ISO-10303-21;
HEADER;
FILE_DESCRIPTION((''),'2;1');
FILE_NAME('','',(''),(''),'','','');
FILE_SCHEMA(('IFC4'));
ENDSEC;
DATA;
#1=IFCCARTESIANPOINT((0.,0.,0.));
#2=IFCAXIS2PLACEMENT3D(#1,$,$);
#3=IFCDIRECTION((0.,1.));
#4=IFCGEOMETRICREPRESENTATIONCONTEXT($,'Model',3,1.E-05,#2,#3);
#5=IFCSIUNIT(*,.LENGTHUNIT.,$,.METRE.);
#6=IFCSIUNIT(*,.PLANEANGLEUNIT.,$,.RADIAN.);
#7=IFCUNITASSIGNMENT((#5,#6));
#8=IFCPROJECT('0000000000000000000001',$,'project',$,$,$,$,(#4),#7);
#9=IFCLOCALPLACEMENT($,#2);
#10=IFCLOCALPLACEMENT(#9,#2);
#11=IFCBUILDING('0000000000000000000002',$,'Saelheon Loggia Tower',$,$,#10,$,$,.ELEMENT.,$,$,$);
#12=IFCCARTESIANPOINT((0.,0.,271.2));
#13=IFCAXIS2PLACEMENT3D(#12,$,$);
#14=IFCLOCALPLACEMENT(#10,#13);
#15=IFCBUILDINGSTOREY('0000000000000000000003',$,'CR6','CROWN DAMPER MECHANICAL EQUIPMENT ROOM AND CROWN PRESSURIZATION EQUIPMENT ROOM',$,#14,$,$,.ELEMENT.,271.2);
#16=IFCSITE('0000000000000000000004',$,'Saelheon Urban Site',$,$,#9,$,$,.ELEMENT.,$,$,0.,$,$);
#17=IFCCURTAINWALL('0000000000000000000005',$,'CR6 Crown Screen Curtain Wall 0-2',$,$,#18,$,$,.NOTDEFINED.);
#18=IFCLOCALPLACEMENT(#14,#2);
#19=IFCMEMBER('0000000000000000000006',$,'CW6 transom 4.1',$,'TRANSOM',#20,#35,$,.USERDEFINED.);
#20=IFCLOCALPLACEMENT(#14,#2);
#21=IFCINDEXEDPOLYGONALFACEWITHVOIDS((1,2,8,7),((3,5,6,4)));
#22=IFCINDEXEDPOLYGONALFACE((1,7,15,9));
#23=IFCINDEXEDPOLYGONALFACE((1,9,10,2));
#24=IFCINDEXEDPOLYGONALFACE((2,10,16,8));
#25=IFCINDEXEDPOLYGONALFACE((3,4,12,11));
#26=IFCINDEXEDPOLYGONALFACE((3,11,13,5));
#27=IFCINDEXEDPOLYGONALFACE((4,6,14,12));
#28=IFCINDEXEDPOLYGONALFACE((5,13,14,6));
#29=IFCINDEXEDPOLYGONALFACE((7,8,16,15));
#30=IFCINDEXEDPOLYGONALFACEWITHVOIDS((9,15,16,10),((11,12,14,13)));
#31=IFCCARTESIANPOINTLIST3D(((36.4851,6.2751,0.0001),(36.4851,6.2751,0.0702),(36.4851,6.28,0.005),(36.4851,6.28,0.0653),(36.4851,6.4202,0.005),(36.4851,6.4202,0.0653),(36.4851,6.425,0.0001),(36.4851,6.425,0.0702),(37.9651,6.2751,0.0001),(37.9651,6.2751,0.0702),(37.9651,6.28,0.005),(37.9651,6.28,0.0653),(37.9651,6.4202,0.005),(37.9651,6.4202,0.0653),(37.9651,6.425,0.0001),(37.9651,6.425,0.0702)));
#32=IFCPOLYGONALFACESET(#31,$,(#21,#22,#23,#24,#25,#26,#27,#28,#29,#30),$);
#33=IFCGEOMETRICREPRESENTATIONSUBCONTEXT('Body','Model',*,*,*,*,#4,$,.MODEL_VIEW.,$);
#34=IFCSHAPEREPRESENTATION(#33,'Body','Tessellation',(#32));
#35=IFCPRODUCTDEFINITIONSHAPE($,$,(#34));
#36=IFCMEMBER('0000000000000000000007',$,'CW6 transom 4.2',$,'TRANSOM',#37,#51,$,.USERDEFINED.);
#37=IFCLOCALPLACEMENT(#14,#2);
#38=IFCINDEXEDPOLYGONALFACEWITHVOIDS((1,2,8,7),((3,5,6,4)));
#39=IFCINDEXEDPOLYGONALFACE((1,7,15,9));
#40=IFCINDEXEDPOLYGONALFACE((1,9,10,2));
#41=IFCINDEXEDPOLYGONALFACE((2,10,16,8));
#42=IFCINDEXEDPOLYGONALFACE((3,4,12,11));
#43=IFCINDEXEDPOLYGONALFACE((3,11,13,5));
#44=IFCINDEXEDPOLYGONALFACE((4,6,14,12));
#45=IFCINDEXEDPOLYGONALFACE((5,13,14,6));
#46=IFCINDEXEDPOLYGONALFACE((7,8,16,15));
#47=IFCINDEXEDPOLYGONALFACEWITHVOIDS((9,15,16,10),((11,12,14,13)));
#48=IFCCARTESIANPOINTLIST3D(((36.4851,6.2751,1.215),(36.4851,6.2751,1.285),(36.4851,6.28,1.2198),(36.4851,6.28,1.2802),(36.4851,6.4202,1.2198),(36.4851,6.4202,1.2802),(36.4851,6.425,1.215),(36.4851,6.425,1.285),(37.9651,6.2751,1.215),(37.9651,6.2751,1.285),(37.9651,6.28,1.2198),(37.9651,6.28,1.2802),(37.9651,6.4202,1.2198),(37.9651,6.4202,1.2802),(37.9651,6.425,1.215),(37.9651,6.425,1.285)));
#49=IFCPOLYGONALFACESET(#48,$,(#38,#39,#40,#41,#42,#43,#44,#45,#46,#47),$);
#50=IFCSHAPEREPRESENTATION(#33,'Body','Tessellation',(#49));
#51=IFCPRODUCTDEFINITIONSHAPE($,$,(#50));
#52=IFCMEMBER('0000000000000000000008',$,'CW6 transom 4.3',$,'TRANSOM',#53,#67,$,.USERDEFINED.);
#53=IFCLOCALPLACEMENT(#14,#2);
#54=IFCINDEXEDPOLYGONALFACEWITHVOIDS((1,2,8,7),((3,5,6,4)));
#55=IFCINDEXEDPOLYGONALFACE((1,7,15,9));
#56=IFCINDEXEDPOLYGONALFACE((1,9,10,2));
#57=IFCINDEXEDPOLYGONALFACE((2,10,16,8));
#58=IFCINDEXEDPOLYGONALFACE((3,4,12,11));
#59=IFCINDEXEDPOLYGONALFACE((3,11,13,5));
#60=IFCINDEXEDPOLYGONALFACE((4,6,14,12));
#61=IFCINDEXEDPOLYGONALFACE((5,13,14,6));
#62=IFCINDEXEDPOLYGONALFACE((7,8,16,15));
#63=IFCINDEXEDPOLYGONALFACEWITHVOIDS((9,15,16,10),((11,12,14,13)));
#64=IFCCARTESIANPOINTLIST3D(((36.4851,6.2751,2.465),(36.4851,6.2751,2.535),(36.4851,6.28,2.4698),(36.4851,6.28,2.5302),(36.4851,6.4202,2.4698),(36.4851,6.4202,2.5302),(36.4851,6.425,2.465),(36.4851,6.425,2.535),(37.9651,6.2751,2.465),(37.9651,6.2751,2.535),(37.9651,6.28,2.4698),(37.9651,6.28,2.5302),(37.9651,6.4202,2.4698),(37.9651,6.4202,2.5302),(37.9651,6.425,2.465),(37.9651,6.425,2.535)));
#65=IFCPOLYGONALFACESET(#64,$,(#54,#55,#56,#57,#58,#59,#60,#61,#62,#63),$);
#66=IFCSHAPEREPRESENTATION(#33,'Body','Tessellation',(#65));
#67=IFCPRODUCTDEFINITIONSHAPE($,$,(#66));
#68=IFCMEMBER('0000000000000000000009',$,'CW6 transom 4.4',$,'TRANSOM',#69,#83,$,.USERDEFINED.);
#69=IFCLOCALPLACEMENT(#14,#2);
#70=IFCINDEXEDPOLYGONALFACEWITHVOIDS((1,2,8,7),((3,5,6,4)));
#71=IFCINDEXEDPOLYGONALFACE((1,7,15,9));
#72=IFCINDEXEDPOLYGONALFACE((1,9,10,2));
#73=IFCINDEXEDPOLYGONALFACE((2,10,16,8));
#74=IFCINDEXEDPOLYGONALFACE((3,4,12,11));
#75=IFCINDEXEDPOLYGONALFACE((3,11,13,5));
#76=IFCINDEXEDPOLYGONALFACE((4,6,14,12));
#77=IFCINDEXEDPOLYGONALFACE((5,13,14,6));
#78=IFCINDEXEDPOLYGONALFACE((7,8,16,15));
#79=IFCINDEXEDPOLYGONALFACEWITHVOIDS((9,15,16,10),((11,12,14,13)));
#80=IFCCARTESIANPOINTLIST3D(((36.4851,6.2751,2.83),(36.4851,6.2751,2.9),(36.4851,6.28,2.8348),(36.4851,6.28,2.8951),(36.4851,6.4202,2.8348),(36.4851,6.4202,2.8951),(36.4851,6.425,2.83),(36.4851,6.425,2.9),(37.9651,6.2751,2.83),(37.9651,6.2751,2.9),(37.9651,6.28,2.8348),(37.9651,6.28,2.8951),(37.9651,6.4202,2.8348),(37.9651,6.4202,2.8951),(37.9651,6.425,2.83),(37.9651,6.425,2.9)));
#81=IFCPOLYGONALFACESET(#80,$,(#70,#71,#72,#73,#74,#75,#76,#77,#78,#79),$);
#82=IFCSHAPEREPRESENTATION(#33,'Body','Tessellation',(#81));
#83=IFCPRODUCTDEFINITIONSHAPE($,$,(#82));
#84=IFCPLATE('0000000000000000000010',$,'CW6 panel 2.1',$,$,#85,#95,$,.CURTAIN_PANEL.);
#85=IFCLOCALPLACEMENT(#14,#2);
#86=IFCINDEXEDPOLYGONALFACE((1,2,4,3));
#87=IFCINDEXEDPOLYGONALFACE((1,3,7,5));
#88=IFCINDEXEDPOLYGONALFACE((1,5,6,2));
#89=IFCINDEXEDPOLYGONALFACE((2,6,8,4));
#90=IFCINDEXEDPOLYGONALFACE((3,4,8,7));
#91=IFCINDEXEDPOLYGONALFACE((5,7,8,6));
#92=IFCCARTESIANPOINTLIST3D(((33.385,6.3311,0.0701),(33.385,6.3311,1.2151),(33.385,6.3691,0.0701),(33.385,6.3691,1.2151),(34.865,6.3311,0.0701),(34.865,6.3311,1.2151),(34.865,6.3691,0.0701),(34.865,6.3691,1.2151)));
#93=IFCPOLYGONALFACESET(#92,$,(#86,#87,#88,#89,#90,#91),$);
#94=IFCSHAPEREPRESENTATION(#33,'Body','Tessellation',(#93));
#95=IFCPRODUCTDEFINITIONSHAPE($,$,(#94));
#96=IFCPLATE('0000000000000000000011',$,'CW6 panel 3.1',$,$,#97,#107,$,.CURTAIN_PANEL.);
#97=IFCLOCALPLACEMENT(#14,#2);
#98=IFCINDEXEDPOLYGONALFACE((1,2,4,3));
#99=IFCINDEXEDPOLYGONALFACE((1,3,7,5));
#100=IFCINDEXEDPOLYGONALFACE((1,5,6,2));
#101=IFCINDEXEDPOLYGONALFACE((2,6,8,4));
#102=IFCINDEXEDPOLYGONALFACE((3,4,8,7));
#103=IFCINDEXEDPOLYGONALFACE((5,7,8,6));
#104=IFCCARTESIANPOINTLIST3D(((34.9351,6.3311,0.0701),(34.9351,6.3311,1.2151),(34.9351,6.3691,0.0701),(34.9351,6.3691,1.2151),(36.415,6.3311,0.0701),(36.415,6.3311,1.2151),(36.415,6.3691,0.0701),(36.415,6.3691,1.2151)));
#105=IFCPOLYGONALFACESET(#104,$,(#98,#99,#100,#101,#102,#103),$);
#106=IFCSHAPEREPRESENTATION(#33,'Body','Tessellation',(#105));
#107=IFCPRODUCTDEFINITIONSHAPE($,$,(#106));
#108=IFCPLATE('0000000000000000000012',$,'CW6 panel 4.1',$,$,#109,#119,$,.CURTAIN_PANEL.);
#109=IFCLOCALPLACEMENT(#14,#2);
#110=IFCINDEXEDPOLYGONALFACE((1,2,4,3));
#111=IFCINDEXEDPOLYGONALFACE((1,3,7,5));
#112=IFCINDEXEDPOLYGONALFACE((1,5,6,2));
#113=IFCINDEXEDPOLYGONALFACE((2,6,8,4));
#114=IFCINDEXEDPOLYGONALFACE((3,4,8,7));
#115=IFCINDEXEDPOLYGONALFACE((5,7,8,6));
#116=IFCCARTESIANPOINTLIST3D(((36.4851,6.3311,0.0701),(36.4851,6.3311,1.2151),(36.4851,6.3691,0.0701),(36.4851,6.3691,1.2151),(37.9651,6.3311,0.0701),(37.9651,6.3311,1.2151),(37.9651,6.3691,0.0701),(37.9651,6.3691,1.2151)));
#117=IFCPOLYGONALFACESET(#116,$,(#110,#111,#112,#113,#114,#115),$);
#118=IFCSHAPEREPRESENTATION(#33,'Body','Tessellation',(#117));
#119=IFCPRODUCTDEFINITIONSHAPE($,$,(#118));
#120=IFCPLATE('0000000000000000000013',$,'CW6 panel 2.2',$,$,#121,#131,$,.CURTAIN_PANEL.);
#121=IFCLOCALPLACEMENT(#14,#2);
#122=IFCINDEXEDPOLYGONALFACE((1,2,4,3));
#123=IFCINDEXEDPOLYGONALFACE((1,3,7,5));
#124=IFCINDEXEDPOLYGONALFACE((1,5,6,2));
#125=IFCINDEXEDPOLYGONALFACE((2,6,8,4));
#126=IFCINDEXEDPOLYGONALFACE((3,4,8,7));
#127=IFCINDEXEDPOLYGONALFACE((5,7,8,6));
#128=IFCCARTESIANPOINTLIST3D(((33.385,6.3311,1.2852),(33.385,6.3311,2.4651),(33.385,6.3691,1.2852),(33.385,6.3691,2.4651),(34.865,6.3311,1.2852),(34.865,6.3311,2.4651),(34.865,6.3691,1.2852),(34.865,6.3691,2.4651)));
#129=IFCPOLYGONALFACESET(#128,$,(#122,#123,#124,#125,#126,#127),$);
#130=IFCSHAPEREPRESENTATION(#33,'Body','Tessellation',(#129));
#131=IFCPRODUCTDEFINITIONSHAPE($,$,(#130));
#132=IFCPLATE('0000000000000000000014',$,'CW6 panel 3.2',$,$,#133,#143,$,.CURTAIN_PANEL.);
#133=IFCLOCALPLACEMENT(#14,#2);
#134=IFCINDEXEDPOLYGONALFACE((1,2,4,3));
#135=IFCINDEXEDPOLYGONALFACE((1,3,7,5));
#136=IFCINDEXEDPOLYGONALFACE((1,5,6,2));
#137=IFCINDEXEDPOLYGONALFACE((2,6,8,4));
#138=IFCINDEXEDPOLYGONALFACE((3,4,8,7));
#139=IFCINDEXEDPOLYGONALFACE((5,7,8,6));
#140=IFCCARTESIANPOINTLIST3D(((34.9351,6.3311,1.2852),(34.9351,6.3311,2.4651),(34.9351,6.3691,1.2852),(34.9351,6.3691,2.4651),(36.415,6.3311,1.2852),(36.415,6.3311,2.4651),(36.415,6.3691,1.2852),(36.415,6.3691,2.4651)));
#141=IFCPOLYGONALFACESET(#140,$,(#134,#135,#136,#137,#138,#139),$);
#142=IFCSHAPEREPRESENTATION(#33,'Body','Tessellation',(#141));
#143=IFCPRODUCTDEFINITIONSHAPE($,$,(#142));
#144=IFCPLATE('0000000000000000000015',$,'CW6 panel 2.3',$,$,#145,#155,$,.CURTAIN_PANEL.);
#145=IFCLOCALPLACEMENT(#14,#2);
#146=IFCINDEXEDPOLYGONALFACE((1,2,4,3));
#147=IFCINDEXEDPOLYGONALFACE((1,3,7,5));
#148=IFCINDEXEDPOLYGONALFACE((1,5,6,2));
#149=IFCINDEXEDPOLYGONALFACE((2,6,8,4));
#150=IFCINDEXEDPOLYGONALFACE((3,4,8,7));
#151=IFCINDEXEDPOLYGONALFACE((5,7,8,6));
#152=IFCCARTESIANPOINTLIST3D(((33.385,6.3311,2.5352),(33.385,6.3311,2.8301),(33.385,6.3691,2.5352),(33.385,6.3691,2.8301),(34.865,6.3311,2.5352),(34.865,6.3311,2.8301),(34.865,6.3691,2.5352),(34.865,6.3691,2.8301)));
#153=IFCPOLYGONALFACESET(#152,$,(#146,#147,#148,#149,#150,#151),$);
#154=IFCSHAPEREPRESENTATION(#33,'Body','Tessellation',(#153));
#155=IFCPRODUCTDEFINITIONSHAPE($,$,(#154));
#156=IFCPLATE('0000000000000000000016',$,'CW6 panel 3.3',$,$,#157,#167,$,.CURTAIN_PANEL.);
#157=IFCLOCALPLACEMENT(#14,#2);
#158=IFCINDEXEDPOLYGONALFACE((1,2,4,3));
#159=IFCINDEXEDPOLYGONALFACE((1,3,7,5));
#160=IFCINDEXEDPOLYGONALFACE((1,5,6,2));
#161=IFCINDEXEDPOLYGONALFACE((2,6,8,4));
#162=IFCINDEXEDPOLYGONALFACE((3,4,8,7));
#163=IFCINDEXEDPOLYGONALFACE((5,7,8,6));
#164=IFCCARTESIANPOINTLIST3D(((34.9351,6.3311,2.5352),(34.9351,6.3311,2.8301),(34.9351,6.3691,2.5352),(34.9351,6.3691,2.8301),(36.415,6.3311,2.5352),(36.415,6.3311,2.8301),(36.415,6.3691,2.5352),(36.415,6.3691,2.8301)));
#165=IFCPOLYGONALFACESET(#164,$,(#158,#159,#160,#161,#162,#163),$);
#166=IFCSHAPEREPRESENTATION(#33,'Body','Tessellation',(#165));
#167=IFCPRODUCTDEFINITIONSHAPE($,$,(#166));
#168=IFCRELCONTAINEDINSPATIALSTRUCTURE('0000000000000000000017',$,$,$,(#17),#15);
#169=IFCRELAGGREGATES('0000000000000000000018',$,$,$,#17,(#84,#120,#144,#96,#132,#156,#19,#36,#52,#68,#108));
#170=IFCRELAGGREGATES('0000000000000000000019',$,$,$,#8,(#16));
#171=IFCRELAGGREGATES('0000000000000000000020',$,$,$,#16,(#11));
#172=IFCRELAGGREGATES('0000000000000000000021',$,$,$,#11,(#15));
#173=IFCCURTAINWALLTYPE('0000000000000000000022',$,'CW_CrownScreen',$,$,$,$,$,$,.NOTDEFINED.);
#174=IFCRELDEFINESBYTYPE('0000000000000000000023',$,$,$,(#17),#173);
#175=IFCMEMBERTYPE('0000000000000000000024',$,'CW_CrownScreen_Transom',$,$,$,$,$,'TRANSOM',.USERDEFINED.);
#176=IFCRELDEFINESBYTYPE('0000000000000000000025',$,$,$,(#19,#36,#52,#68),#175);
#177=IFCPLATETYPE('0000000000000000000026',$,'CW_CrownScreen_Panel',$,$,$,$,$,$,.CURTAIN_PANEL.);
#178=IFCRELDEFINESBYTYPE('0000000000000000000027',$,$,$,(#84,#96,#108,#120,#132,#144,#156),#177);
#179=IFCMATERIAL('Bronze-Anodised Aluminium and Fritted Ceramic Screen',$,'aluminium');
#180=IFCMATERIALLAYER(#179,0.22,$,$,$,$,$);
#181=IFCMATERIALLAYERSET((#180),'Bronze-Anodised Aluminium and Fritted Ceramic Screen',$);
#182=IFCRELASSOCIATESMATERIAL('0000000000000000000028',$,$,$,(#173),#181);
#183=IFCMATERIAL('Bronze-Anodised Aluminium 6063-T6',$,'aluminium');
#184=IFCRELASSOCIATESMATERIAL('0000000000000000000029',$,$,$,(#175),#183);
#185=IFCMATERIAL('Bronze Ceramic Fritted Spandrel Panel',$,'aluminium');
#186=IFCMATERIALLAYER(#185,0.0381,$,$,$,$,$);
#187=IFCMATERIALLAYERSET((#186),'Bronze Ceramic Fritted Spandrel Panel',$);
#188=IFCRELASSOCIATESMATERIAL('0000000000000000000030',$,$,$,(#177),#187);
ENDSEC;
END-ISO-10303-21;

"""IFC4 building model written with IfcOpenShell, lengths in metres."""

from ifc_helpers import new_model, si_unit, direction, frame, origin, origin_2d, place, context, subcontext, project, spatial, rectangle, hollow_rectangle, extrude, source, transform, mapped, material, layer, layer_set, material_profile, profile_set, type_object, element, aggregate, save


model = new_model("IFC4")

# Units and contexts
model_context = context("Model", 3, precision=1e-05, world=origin(), true_north=direction((0.0, 1.0)))
body_context = subcontext(model_context, "Body", "Model", "MODEL_VIEW")
ifc_project = project(units=[si_unit("LENGTHUNIT", "METRE"), si_unit("PLANEANGLEUNIT", "RADIAN")], contexts=[model_context])

# Site, building, storey
site_placement = place(None, origin())
site = spatial("IfcSite", under=ifc_project, at=site_placement, Name="Saelheon Urban Site", CompositionType="ELEMENT", RefElevation=0.0)
building_placement = place(site_placement, origin())
building = spatial("IfcBuilding", under=site, at=building_placement, Name="Saelheon Loggia Tower", CompositionType="ELEMENT")
storey_placement = place(building_placement, frame((0.0, 0.0, 271.2)))
storey = spatial("IfcBuildingStorey", under=building, at=storey_placement, Name="CR6", Description="CROWN DAMPER MECHANICAL EQUIPMENT ROOM AND CROWN PRESSURIZATION EQUIPMENT ROOM", CompositionType="ELEMENT", Elevation=271.2)

# Curtain wall, members, plates
ifc_material_1 = material(Name="Bronze-Anodised Aluminium and Fritted Ceramic Screen", Category="aluminium")
ifc_layer_1 = layer(ifc_material_1, 0.22)
ifc_layer_set_1 = layer_set([ifc_layer_1], Name="Bronze-Anodised Aluminium and Fritted Ceramic Screen")
curtain_wall_type = type_object("IfcCurtainWallType", Name="CW_CrownScreen", PredefinedType="NOTDEFINED", material=ifc_layer_set_1)
curtain_wall_placement = place(storey_placement, origin())
curtain_wall = element("IfcCurtainWall", 1, at=curtain_wall_placement, inside=storey, type_object=curtain_wall_type, Name="CR6 Crown Screen Curtain Wall 0-2", PredefinedType="NOTDEFINED")
ifc_material_2 = material(Name="Bronze-Anodised Aluminium 6063-T6", Category="aluminium")
ifc_material_profile_1 = material_profile(ifc_material_2, hollow_rectangle(XDim=0.0701, YDim=0.1499, WallThickness=0.0049, at=origin_2d()), Name="RHS-150x70x5")
ifc_profile_set_1 = profile_set([ifc_material_profile_1], Name="Bronze-Anodised Aluminium 6063-T6")
member_type_1 = type_object("IfcMemberType", Name="CW_CrownScreen_Transom", ElementType="TRANSOM", PredefinedType="USERDEFINED", material=ifc_profile_set_1)
shared_shape_1 = source(origin(), body_context, "Body", "SweptSolid", [
    extrude(hollow_rectangle(XDim=0.0701, YDim=0.1499, WallThickness=0.0049, at=origin_2d()), origin(), (0.0, 0.0, 1.0), 1.48),
])
member_1_placement = place(storey_placement, frame((36.4851, 6.3501, 0.0352), z_axis=(1.0, 0.0, 0.0), x_axis=(0.0, 0.0, 1.0)))
member_1 = element("IfcMember", 2, at=member_1_placement, type_object=member_type_1, Name="CW6 transom 4.1", ObjectType="TRANSOM", PredefinedType="USERDEFINED", context=body_context, shape_type="MappedRepresentation", body=[
    mapped(shared_shape_1, transform((0.0, 0.0, 0.0), scale=1.0)),
])
member_2_placement = place(storey_placement, frame((36.4851, 6.3501, 1.25), z_axis=(1.0, 0.0, 0.0), x_axis=(0.0, 0.0, 1.0)))
member_2 = element("IfcMember", 3, at=member_2_placement, type_object=member_type_1, Name="CW6 transom 4.2", ObjectType="TRANSOM", PredefinedType="USERDEFINED", context=body_context, shape_type="MappedRepresentation", body=[
    mapped(shared_shape_1, transform((0.0, 0.0, 0.0), scale=1.0)),
])
member_3_placement = place(storey_placement, frame((36.4851, 6.3501, 2.5), z_axis=(1.0, 0.0, 0.0), x_axis=(0.0, 0.0, 1.0)))
member_3 = element("IfcMember", 4, at=member_3_placement, type_object=member_type_1, Name="CW6 transom 4.3", ObjectType="TRANSOM", PredefinedType="USERDEFINED", context=body_context, shape_type="MappedRepresentation", body=[
    mapped(shared_shape_1, transform((0.0, 0.0, 0.0), scale=1.0)),
])
member_4_placement = place(storey_placement, frame((36.4851, 6.3501, 2.865), z_axis=(1.0, 0.0, 0.0), x_axis=(0.0, 0.0, 1.0)))
member_4 = element("IfcMember", 5, at=member_4_placement, type_object=member_type_1, Name="CW6 transom 4.4", ObjectType="TRANSOM", PredefinedType="USERDEFINED", context=body_context, shape_type="MappedRepresentation", body=[
    mapped(shared_shape_1, transform((0.0, 0.0, 0.0), scale=1.0)),
])
ifc_material_3 = material(Name="Bronze Ceramic Fritted Spandrel Panel", Category="aluminium")
ifc_layer_2 = layer(ifc_material_3, 0.0381)
ifc_layer_set_2 = layer_set([ifc_layer_2], Name="Bronze Ceramic Fritted Spandrel Panel")
plate_type = type_object("IfcPlateType", Name="CW_CrownScreen_Panel", PredefinedType="CURTAIN_PANEL", material=ifc_layer_set_2)
shared_shape_2 = source(origin(), body_context, "Body", "SweptSolid", [
    extrude(rectangle(XDim=1.48, YDim=0.0381, at=origin_2d()), origin(), (0.0, 0.0, 1.0), 1.145),
])
plate_1_placement = place(storey_placement, frame((34.125, 6.3501, 0.0701), z_axis=(0.0, 0.0, 1.0), x_axis=(1.0, 0.0, 0.0)))
plate_1 = element("IfcPlate", 6, at=plate_1_placement, type_object=plate_type, Name="CW6 panel 2.1", PredefinedType="CURTAIN_PANEL", context=body_context, shape_type="MappedRepresentation", body=[
    mapped(shared_shape_2, transform((0.0, 0.0, 0.0), scale=1.0)),
])
plate_2_placement = place(storey_placement, frame((35.675, 6.3501, 0.0701), z_axis=(0.0, 0.0, 1.0), x_axis=(1.0, 0.0, 0.0)))
plate_2 = element("IfcPlate", 7, at=plate_2_placement, type_object=plate_type, Name="CW6 panel 3.1", PredefinedType="CURTAIN_PANEL", context=body_context, shape_type="MappedRepresentation", body=[
    mapped(shared_shape_2, transform((0.0, 0.0, 0.0), scale=1.0)),
])
plate_3_placement = place(storey_placement, frame((37.2251, 6.3501, 0.0701), z_axis=(0.0, 0.0, 1.0), x_axis=(1.0, 0.0, 0.0)))
plate_3 = element("IfcPlate", 8, at=plate_3_placement, type_object=plate_type, Name="CW6 panel 4.1", PredefinedType="CURTAIN_PANEL", context=body_context, shape_type="MappedRepresentation", body=[
    mapped(shared_shape_2, transform((0.0, 0.0, 0.0), scale=1.0)),
])
shared_shape_3 = source(origin(), body_context, "Body", "SweptSolid", [
    extrude(rectangle(XDim=1.48, YDim=0.0381, at=origin_2d()), origin(), (0.0, 0.0, 1.0), 1.1799),
])
plate_4_placement = place(storey_placement, frame((34.125, 6.3501, 1.2852), z_axis=(0.0, 0.0, 1.0), x_axis=(1.0, 0.0, 0.0)))
plate_4 = element("IfcPlate", 9, at=plate_4_placement, type_object=plate_type, Name="CW6 panel 2.2", PredefinedType="CURTAIN_PANEL", context=body_context, shape_type="MappedRepresentation", body=[
    mapped(shared_shape_3, transform((0.0, 0.0, 0.0), scale=1.0)),
])
plate_5_placement = place(storey_placement, frame((35.675, 6.3501, 1.2852), z_axis=(0.0, 0.0, 1.0), x_axis=(1.0, 0.0, 0.0)))
plate_5 = element("IfcPlate", 10, at=plate_5_placement, type_object=plate_type, Name="CW6 panel 3.2", PredefinedType="CURTAIN_PANEL", context=body_context, shape_type="MappedRepresentation", body=[
    mapped(shared_shape_3, transform((0.0, 0.0, 0.0), scale=1.0)),
])
shared_shape_4 = source(origin(), body_context, "Body", "SweptSolid", [
    extrude(rectangle(XDim=1.48, YDim=0.0381, at=origin_2d()), origin(), (0.0, 0.0, 1.0), 0.2949),
])
plate_6_placement = place(storey_placement, frame((34.125, 6.3501, 2.5352), z_axis=(0.0, 0.0, 1.0), x_axis=(1.0, 0.0, 0.0)))
plate_6 = element("IfcPlate", 11, at=plate_6_placement, type_object=plate_type, Name="CW6 panel 2.3", PredefinedType="CURTAIN_PANEL", context=body_context, shape_type="MappedRepresentation", body=[
    mapped(shared_shape_4, transform((0.0, 0.0, 0.0), scale=1.0)),
])
plate_7_placement = place(storey_placement, frame((35.675, 6.3501, 2.5352), z_axis=(0.0, 0.0, 1.0), x_axis=(1.0, 0.0, 0.0)))
plate_7 = element("IfcPlate", 12, at=plate_7_placement, type_object=plate_type, Name="CW6 panel 3.3", PredefinedType="CURTAIN_PANEL", context=body_context, shape_type="MappedRepresentation", body=[
    mapped(shared_shape_4, transform((0.0, 0.0, 0.0), scale=1.0)),
])
aggregate(curtain_wall, [plate_1, plate_4, plate_6, plate_2, plate_5, plate_7, member_1, member_2, member_3, member_4, plate_3])

save(model, "model.ifc")
